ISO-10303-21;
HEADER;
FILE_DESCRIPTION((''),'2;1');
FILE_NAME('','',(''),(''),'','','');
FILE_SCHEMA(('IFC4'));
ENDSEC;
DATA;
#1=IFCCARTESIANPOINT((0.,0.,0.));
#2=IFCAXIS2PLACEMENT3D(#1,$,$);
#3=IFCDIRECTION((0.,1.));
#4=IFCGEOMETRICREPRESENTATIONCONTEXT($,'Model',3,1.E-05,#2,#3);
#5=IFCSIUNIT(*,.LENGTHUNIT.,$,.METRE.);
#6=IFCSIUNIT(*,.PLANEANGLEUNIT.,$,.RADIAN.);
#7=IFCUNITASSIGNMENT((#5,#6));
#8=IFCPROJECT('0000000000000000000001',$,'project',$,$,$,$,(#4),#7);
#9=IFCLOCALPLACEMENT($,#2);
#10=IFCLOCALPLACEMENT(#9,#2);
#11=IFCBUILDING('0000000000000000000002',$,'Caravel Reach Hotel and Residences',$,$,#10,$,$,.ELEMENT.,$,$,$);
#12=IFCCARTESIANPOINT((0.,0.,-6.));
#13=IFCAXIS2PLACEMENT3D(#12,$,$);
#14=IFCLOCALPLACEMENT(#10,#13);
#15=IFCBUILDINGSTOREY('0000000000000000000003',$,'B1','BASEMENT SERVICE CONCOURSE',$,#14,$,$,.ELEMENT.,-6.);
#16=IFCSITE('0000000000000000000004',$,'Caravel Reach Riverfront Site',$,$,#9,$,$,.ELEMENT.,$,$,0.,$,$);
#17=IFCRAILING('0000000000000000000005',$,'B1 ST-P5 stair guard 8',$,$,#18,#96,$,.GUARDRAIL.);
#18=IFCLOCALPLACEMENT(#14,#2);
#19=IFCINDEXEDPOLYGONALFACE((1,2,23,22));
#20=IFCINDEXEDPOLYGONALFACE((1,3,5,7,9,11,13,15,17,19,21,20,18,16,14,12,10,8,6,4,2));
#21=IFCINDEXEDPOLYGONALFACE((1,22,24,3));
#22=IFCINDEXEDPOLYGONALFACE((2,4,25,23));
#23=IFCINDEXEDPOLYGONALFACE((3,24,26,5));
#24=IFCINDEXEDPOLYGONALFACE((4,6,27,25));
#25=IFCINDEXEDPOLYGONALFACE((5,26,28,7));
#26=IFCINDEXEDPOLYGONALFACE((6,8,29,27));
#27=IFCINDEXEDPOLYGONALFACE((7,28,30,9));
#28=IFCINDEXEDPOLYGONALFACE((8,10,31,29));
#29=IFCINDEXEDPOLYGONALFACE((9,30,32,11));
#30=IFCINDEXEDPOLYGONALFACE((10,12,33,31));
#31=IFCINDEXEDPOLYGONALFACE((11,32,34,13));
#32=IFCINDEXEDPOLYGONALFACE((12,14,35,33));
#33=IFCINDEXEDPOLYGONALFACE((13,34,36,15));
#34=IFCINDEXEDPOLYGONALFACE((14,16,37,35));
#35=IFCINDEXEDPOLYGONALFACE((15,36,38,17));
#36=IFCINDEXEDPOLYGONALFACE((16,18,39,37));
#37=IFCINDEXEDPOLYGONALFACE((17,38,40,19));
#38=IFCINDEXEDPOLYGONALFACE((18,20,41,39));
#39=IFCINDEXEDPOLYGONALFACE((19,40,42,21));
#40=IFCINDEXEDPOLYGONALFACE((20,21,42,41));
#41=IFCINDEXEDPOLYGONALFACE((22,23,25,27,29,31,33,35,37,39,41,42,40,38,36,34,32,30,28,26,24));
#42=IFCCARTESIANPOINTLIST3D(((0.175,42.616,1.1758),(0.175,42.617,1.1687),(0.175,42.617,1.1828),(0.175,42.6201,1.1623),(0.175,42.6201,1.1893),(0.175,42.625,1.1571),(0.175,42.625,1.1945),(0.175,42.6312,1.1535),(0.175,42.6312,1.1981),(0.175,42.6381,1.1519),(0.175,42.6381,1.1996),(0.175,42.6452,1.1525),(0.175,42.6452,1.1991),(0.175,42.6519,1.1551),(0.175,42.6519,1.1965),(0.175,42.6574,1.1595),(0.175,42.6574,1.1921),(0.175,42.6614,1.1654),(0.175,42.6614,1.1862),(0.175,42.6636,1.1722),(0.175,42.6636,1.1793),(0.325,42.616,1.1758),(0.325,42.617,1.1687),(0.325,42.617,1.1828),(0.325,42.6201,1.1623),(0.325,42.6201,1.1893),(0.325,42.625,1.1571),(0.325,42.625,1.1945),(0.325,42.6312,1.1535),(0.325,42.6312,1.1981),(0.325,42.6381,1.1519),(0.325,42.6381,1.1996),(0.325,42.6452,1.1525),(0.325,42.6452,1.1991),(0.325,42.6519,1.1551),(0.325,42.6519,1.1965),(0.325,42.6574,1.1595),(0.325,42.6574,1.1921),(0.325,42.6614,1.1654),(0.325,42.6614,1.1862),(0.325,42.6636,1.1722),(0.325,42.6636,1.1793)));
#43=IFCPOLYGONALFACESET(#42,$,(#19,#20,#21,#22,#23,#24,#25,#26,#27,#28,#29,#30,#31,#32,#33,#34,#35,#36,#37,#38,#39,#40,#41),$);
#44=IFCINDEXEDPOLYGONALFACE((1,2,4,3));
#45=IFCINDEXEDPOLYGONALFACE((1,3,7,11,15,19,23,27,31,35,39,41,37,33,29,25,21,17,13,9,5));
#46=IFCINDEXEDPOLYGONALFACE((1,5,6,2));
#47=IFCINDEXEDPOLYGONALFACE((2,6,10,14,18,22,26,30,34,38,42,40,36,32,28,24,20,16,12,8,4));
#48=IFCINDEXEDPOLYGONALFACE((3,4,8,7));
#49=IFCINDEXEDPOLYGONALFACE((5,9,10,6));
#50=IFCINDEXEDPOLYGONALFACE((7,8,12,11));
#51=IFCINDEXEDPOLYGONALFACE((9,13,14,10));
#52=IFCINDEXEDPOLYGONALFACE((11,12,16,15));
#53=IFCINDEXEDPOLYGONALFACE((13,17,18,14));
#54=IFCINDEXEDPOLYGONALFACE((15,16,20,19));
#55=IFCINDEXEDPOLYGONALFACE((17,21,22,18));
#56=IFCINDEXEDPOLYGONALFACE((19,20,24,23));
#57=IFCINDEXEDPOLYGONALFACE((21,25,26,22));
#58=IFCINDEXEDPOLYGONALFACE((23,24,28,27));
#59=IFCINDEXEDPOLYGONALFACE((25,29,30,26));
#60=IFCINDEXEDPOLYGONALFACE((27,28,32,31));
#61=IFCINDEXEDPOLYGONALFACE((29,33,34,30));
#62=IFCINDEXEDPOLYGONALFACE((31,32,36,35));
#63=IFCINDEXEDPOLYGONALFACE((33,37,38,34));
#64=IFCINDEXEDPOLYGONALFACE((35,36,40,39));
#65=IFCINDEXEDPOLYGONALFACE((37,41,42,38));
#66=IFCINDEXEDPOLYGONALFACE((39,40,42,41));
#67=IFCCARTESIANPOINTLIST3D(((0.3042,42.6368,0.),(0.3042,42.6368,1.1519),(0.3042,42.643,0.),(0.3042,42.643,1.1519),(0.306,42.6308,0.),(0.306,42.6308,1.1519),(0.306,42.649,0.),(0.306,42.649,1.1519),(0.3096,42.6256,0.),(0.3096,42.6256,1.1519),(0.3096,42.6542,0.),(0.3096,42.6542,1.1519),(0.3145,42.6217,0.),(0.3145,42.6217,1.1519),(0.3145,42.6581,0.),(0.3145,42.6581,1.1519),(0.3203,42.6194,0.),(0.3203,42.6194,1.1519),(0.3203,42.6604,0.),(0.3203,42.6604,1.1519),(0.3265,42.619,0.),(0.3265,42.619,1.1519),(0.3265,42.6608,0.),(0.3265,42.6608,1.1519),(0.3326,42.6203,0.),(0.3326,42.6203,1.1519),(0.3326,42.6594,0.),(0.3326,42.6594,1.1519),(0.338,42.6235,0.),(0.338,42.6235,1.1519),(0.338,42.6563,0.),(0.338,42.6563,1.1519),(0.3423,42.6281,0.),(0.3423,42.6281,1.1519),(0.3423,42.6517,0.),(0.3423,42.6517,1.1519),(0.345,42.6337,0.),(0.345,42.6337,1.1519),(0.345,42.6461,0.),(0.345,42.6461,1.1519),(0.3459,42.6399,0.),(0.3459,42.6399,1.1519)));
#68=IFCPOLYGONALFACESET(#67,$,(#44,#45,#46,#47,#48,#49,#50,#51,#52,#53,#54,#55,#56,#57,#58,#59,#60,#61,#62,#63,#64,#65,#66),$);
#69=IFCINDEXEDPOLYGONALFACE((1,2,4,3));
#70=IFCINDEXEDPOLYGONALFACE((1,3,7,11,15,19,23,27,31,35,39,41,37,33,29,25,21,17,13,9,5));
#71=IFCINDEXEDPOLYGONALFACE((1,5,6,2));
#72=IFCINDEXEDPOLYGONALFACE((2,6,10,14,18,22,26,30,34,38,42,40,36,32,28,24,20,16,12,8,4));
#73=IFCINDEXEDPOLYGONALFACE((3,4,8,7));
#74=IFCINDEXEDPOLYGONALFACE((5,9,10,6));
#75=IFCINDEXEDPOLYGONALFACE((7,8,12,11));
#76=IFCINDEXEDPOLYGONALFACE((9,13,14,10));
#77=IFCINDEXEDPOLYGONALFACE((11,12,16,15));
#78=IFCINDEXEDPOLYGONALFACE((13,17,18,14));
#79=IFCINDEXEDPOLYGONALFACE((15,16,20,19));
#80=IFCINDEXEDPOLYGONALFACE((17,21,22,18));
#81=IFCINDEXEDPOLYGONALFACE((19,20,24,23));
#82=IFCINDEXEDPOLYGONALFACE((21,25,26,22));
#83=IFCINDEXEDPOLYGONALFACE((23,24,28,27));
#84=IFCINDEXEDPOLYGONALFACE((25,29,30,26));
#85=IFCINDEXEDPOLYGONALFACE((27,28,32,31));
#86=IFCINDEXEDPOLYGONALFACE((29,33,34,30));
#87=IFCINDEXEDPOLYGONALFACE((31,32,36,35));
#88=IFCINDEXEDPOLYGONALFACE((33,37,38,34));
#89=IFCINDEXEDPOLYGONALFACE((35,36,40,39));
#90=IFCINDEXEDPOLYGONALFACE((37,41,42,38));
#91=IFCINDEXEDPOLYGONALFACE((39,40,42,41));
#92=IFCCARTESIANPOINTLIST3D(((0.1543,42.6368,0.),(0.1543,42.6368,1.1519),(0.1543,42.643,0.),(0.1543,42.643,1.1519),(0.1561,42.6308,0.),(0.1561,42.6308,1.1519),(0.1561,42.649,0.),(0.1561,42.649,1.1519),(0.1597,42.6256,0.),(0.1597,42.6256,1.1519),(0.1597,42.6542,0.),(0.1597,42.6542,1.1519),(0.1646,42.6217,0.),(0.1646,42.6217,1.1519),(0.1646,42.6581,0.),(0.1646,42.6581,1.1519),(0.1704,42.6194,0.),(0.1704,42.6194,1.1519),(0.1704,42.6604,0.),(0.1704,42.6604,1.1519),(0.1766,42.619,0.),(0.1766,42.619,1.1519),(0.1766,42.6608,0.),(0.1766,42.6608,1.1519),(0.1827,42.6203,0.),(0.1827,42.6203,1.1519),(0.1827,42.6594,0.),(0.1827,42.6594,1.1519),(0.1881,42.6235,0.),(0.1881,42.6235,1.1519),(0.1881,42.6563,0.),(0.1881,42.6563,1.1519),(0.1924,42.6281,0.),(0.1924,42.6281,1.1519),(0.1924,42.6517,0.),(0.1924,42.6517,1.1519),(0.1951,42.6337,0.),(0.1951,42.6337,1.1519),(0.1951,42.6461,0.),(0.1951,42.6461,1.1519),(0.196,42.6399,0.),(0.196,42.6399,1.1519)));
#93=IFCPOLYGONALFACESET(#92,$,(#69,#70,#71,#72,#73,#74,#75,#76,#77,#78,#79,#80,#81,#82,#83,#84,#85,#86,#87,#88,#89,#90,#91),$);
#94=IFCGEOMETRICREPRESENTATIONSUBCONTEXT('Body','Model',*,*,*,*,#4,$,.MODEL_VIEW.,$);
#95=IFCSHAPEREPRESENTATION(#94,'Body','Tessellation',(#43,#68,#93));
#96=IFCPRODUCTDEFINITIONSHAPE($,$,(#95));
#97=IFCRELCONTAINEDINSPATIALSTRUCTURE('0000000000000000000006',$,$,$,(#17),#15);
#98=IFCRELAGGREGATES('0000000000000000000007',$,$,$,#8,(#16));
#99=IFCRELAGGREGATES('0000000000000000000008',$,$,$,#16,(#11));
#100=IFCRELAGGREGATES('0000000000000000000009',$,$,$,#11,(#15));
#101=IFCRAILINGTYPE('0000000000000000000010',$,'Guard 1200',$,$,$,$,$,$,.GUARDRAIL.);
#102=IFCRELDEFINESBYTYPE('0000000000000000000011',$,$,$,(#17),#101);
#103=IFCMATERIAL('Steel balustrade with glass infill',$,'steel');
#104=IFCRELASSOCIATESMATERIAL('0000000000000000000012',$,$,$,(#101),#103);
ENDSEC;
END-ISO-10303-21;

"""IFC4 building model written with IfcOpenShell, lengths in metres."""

from ifc_helpers import new_model, si_unit, direction, frame, origin, origin_2d, place, context, subcontext, project, spatial, circle, extrude, material, type_object, element, save


model = new_model("IFC4")

# Units and contexts
model_context = context("Model", 3, precision=1e-05, world=origin(), true_north=direction((0.0, 1.0)))
body_context = subcontext(model_context, "Body", "Model", "MODEL_VIEW")
ifc_project = project(units=[si_unit("LENGTHUNIT", "METRE"), si_unit("PLANEANGLEUNIT", "RADIAN")], contexts=[model_context])

# Site, building, storey
site_placement = place(None, origin())
site = spatial("IfcSite", under=ifc_project, at=site_placement, Name="Caravel Reach Riverfront Site", CompositionType="ELEMENT", RefElevation=0.0)
building_placement = place(site_placement, origin())
building = spatial("IfcBuilding", under=site, at=building_placement, Name="Caravel Reach Hotel and Residences", CompositionType="ELEMENT")
storey_placement = place(building_placement, frame((0.0, 0.0, -6.0)))
storey = spatial("IfcBuildingStorey", under=building, at=storey_placement, Name="B1", Description="BASEMENT SERVICE CONCOURSE", CompositionType="ELEMENT", Elevation=-6.0)

# Railing
ifc_material_1 = material(Name="Steel balustrade with glass infill", Category="steel")
railing_type_1 = type_object("IfcRailingType", Name="Guard 1200", PredefinedType="GUARDRAIL", material=ifc_material_1)
railing_1_placement = place(storey_placement, frame((0.325, 42.6399, 0.0)))
element("IfcRailing", 1, at=railing_1_placement, inside=storey, type_object=railing_type_1, Name="B1 ST-P5 stair guard 8", PredefinedType="GUARDRAIL", context=body_context, shape_type="SweptSolid", body=[
    extrude(circle(Radius=0.0239, at=origin_2d()), frame((0.0, 0.0, 1.1758), z_axis=(-1.0, 0.0, 0.0), x_axis=(0.0, -1.0, 0.0)), (0.0, 0.0, 1.0), 0.1499),
    extrude(circle(Radius=0.021, at=origin_2d()), origin(), (0.0, 0.0, 1.0), 1.1519),
    extrude(circle(Radius=0.021, at=origin_2d()), frame((-0.1499, 0.0, 0.0)), (0.0, 0.0, 1.0), 1.1519),
])

save(model, "model.ifc")
